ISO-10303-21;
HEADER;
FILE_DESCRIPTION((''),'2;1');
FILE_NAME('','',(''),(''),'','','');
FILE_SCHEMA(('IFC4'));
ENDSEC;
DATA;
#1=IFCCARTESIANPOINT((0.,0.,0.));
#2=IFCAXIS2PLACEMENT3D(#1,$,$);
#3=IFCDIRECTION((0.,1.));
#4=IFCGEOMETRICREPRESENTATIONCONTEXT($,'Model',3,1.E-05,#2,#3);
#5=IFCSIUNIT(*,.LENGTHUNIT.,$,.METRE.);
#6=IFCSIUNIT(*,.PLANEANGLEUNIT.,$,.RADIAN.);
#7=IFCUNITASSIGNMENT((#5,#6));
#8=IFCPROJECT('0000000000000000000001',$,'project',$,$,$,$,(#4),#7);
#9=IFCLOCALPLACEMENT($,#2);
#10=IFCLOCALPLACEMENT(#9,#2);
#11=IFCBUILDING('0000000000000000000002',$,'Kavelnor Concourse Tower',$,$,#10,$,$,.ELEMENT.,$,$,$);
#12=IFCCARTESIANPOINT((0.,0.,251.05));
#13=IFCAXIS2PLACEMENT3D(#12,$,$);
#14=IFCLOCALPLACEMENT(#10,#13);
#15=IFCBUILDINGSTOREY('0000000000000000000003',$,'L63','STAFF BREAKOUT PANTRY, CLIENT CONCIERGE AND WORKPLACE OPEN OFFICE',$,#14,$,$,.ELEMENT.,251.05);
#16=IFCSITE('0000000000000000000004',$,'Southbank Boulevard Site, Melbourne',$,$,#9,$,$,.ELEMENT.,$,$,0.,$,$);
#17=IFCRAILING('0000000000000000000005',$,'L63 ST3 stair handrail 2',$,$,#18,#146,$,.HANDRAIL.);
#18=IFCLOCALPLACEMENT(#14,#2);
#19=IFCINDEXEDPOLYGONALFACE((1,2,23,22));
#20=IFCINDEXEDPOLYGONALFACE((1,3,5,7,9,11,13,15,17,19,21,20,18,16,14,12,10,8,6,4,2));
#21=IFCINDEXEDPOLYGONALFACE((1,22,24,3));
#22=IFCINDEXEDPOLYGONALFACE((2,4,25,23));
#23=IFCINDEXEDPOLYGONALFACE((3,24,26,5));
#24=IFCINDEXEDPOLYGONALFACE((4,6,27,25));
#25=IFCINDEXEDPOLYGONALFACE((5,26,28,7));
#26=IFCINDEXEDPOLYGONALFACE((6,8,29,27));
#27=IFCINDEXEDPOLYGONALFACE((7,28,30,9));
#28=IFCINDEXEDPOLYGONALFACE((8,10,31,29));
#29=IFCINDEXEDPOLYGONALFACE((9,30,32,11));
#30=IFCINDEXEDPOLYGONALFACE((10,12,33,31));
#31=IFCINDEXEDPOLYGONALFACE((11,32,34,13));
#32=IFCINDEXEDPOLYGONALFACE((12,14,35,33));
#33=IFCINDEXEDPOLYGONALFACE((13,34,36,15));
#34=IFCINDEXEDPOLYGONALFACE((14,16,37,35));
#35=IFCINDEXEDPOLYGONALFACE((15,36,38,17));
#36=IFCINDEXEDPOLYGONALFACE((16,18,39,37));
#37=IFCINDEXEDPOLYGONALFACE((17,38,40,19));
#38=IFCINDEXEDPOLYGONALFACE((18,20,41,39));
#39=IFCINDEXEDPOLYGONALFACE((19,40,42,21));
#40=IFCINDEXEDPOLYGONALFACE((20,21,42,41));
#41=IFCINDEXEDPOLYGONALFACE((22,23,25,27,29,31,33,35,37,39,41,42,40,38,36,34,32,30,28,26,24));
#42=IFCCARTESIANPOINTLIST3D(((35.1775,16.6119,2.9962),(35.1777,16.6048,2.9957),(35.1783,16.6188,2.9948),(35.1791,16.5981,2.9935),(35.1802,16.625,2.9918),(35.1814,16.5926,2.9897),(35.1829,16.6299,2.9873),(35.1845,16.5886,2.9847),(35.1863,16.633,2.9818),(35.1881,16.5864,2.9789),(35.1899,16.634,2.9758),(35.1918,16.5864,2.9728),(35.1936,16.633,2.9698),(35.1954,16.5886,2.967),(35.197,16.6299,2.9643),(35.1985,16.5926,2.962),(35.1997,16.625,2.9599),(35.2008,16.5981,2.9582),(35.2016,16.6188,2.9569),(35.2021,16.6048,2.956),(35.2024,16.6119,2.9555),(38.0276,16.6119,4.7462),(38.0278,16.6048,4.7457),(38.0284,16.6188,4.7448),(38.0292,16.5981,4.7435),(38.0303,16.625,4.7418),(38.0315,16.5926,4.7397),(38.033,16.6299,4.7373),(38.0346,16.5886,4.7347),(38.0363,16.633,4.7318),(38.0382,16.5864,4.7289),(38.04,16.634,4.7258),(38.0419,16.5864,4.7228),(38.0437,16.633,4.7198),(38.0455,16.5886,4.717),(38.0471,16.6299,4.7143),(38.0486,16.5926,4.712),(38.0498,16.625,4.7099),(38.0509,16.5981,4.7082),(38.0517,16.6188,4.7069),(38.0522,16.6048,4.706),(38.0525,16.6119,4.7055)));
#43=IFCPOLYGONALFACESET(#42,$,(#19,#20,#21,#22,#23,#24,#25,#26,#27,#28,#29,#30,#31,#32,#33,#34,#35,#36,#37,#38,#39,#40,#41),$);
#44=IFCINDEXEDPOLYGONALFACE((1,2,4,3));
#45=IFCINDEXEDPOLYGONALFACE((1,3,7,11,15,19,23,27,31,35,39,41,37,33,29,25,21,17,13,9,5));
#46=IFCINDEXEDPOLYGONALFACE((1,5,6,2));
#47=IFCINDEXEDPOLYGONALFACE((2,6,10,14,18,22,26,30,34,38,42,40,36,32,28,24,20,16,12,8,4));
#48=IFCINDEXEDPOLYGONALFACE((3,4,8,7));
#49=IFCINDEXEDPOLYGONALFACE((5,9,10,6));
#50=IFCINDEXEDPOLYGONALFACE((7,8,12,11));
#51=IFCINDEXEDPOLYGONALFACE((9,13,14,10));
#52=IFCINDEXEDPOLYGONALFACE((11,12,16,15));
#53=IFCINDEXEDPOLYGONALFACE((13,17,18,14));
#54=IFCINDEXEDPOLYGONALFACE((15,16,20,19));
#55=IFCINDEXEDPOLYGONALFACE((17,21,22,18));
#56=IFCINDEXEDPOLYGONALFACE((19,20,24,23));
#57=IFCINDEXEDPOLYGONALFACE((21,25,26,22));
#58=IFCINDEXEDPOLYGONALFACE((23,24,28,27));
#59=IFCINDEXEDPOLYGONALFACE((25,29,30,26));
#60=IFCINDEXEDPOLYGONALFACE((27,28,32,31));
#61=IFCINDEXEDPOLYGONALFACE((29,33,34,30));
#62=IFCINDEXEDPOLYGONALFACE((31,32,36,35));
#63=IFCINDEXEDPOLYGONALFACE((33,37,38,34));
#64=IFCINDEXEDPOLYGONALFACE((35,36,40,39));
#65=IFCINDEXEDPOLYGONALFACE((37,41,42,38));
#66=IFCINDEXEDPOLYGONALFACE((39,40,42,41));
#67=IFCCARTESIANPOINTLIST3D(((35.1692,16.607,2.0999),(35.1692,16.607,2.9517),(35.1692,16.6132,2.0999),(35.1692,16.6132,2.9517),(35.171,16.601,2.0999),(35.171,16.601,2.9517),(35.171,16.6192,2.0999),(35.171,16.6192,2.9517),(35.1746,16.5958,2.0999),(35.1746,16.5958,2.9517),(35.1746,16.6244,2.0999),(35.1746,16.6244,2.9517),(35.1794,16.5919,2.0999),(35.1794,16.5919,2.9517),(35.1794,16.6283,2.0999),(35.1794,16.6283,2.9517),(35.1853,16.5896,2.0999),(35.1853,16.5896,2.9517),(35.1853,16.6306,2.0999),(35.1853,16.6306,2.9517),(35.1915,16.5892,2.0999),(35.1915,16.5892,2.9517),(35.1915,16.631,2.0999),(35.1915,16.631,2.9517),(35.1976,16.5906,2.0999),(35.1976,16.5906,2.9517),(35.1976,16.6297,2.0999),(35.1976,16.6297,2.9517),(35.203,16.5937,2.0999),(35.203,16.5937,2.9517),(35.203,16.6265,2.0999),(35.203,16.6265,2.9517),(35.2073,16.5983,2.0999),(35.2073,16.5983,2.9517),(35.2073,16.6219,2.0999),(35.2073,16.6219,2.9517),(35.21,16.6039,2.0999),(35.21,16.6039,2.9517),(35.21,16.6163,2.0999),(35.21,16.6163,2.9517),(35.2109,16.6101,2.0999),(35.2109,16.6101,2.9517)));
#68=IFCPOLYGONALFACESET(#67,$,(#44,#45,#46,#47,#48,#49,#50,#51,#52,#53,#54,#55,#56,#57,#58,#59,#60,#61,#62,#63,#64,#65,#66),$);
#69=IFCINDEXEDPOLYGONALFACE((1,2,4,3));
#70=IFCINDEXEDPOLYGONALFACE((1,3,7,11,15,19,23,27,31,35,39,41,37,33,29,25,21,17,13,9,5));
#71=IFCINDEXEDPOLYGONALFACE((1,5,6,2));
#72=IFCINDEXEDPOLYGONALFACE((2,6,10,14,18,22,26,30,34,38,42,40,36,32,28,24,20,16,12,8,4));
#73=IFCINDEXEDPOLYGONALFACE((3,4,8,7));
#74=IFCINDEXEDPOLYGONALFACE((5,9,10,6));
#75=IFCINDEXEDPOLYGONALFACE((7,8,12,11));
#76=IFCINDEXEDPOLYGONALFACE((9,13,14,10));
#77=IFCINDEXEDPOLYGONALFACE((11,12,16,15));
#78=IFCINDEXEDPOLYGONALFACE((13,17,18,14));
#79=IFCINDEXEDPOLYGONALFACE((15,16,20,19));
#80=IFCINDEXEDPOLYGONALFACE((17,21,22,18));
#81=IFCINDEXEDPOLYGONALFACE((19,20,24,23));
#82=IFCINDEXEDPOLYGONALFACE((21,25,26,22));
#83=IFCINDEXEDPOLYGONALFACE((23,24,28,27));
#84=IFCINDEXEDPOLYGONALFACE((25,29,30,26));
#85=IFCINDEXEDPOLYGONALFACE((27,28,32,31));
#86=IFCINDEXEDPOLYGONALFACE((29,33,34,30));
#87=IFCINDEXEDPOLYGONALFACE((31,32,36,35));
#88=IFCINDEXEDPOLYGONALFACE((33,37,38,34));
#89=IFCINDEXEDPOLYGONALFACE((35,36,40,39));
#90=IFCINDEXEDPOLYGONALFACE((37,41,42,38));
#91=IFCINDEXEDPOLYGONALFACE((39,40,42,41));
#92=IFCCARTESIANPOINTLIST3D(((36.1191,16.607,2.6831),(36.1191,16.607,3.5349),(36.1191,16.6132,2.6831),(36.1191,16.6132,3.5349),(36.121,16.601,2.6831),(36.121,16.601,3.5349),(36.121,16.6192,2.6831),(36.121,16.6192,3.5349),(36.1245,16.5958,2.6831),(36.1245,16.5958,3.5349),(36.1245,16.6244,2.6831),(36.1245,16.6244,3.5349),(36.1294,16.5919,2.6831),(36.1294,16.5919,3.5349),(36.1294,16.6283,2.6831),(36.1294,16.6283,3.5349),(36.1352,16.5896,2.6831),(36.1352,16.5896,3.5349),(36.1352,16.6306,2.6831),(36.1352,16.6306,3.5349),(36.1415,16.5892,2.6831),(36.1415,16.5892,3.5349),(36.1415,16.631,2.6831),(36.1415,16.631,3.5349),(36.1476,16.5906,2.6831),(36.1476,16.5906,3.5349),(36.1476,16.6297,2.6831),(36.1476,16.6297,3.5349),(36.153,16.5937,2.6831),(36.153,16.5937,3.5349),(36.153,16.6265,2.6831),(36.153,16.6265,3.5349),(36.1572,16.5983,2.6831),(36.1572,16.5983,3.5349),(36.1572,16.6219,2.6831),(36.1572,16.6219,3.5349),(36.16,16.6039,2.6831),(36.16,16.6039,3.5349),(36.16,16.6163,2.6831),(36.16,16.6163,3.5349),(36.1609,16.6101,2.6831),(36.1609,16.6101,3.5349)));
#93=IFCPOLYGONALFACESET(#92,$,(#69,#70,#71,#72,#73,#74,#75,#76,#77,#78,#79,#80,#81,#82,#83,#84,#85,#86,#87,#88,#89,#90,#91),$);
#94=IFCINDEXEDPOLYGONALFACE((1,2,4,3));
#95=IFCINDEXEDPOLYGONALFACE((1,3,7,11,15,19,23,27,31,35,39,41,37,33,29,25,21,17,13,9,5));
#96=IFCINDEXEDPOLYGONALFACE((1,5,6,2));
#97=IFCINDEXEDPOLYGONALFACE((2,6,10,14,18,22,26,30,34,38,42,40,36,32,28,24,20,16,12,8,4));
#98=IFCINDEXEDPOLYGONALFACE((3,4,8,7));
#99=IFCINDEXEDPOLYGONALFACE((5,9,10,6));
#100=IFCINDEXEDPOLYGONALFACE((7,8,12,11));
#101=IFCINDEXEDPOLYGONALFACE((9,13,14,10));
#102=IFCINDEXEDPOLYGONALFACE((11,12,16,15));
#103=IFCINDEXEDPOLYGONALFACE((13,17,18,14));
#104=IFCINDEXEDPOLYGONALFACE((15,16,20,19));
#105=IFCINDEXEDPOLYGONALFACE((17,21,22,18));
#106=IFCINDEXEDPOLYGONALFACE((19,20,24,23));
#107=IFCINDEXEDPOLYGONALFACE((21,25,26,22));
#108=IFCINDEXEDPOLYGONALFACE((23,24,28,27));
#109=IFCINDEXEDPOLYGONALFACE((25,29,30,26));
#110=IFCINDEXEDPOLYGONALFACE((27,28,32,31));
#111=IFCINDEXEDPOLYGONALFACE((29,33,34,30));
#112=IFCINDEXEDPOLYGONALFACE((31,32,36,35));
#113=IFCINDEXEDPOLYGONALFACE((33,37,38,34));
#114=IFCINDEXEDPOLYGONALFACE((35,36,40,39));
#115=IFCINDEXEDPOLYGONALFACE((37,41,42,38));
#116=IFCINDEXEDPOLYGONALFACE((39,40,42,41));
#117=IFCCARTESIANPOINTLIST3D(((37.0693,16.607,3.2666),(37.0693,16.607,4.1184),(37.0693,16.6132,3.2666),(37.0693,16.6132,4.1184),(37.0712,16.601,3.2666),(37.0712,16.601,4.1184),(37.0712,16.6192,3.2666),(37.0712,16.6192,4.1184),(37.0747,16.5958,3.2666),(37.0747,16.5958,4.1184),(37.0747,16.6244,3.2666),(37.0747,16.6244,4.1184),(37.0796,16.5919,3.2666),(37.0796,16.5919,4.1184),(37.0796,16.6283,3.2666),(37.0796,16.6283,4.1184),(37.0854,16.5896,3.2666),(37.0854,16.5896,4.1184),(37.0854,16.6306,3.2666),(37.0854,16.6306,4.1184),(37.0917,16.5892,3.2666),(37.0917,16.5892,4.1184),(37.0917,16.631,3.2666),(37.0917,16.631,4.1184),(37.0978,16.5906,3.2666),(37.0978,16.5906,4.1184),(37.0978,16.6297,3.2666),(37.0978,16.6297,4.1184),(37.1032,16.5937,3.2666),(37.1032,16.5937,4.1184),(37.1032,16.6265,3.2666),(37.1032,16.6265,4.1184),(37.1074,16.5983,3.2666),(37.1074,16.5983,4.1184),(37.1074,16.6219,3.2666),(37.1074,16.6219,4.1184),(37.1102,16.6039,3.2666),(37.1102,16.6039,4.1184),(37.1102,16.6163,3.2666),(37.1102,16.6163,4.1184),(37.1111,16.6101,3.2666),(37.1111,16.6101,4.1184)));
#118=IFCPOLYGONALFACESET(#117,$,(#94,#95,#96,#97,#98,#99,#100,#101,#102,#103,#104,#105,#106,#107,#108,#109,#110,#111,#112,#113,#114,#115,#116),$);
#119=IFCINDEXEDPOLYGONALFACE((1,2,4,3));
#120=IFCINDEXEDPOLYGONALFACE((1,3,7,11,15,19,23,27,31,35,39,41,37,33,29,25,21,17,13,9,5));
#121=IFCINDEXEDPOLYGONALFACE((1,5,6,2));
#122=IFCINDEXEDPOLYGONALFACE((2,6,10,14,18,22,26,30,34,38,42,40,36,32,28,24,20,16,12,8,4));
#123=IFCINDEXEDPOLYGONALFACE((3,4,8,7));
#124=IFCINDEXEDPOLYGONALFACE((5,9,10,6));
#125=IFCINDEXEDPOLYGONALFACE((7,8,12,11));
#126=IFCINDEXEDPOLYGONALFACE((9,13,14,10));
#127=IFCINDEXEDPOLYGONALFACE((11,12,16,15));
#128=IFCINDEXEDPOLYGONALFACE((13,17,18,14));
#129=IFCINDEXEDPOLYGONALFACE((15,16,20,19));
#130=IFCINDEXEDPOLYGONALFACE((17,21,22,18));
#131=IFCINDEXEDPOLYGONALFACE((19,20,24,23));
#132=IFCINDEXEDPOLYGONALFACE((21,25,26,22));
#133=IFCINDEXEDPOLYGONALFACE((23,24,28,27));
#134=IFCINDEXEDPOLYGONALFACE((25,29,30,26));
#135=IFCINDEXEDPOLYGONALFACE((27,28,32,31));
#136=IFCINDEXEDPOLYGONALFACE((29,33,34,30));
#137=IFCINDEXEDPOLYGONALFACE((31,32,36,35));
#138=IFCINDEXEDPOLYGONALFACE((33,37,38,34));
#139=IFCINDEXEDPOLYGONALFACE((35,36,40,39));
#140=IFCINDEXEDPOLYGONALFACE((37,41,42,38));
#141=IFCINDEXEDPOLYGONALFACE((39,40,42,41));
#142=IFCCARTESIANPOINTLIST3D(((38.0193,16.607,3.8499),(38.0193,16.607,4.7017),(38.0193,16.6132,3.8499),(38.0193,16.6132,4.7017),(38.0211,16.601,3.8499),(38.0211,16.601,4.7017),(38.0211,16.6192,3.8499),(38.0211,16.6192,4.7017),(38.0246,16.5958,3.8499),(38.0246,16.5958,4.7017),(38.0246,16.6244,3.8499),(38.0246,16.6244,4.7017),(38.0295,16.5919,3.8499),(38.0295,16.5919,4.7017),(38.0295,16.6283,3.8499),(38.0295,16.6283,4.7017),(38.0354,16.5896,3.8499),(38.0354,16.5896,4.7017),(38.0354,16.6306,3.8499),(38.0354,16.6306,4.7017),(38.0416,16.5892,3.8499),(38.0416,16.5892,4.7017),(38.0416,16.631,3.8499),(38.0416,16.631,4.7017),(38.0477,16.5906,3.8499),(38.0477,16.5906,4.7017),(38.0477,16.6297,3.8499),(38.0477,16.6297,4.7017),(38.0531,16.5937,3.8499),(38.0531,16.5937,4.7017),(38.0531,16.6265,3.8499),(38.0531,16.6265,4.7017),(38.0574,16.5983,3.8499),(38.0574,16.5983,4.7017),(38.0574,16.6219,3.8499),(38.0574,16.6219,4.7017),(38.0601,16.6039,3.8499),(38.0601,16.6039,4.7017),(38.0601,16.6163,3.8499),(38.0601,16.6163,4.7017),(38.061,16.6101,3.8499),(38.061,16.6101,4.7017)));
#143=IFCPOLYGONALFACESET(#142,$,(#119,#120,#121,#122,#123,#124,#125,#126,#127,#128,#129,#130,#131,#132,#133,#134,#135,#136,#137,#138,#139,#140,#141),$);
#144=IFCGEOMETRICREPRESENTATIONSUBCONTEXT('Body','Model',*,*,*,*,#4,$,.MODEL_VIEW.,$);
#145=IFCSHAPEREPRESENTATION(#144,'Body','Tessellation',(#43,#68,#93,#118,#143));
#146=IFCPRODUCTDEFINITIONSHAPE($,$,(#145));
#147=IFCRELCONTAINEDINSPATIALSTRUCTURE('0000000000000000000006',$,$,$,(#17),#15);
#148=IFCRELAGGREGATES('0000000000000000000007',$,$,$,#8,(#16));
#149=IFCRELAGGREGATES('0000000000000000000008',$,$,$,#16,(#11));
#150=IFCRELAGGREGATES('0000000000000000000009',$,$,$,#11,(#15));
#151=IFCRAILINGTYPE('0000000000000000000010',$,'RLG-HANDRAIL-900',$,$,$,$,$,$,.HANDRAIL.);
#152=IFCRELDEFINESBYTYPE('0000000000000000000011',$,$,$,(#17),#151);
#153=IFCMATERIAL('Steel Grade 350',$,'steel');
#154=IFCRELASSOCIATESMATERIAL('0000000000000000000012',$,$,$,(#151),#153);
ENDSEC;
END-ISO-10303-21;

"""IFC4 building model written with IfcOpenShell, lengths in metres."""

from ifc_helpers import new_model, si_unit, direction, frame, origin, origin_2d, place, context, subcontext, project, spatial, circle, extrude, material, type_object, element, save


model = new_model("IFC4")

# Units and contexts
model_context = context("Model", 3, precision=1e-05, world=origin(), true_north=direction((0.0, 1.0)))
body_context = subcontext(model_context, "Body", "Model", "MODEL_VIEW")
ifc_project = project(units=[si_unit("LENGTHUNIT", "METRE"), si_unit("PLANEANGLEUNIT", "RADIAN")], contexts=[model_context])

# Site, building, storey
site_placement = place(None, origin())
site = spatial("IfcSite", under=ifc_project, at=site_placement, Name="Southbank Boulevard Site, Melbourne", CompositionType="ELEMENT", RefElevation=0.0)
building_placement = place(site_placement, origin())
building = spatial("IfcBuilding", under=site, at=building_placement, Name="Kavelnor Concourse Tower", CompositionType="ELEMENT")
storey_placement = place(building_placement, frame((0.0, 0.0, 251.05)))
storey = spatial("IfcBuildingStorey", under=building, at=storey_placement, Name="L63", Description="STAFF BREAKOUT PANTRY, CLIENT CONCIERGE AND WORKPLACE OPEN OFFICE", CompositionType="ELEMENT", Elevation=251.05)

# Shared definitions
ifc_material_1 = material(Name="Steel Grade 350", Category="steel")

# Railing
railing_type_1 = type_object("IfcRailingType", Name="RLG-HANDRAIL-900", PredefinedType="HANDRAIL", material=ifc_material_1)
railing_1_placement = place(storey_placement, frame((35.1899, 16.6101, 2.0999)))
element("IfcRailing", 1, at=railing_1_placement, inside=storey, type_object=railing_type_1, Name="L63 ST3 stair handrail 2", PredefinedType="HANDRAIL", context=body_context, shape_type="SweptSolid", body=[
    extrude(circle(Radius=0.0239, at=origin_2d()), frame((0.0, 0.0, 0.876), z_axis=(0.852179, 0.0, 0.52325), x_axis=(0.0, 1.0, 0.0)), (0.0, 0.0, 1.0), 3.3445),
    extrude(circle(Radius=0.021, at=origin_2d()), origin(), (0.0, 0.0, 1.0), 0.8518),
    extrude(circle(Radius=0.021, at=origin_2d()), frame((0.95, 0.0, 0.5833)), (0.0, 0.0, 1.0), 0.8518),
    extrude(circle(Radius=0.021, at=origin_2d()), frame((1.9001, 0.0, 1.1667)), (0.0, 0.0, 1.0), 0.8518),
    extrude(circle(Radius=0.021, at=origin_2d()), frame((2.8501, 0.0, 1.75)), (0.0, 0.0, 1.0), 0.8518),
])

save(model, "model.ifc")
